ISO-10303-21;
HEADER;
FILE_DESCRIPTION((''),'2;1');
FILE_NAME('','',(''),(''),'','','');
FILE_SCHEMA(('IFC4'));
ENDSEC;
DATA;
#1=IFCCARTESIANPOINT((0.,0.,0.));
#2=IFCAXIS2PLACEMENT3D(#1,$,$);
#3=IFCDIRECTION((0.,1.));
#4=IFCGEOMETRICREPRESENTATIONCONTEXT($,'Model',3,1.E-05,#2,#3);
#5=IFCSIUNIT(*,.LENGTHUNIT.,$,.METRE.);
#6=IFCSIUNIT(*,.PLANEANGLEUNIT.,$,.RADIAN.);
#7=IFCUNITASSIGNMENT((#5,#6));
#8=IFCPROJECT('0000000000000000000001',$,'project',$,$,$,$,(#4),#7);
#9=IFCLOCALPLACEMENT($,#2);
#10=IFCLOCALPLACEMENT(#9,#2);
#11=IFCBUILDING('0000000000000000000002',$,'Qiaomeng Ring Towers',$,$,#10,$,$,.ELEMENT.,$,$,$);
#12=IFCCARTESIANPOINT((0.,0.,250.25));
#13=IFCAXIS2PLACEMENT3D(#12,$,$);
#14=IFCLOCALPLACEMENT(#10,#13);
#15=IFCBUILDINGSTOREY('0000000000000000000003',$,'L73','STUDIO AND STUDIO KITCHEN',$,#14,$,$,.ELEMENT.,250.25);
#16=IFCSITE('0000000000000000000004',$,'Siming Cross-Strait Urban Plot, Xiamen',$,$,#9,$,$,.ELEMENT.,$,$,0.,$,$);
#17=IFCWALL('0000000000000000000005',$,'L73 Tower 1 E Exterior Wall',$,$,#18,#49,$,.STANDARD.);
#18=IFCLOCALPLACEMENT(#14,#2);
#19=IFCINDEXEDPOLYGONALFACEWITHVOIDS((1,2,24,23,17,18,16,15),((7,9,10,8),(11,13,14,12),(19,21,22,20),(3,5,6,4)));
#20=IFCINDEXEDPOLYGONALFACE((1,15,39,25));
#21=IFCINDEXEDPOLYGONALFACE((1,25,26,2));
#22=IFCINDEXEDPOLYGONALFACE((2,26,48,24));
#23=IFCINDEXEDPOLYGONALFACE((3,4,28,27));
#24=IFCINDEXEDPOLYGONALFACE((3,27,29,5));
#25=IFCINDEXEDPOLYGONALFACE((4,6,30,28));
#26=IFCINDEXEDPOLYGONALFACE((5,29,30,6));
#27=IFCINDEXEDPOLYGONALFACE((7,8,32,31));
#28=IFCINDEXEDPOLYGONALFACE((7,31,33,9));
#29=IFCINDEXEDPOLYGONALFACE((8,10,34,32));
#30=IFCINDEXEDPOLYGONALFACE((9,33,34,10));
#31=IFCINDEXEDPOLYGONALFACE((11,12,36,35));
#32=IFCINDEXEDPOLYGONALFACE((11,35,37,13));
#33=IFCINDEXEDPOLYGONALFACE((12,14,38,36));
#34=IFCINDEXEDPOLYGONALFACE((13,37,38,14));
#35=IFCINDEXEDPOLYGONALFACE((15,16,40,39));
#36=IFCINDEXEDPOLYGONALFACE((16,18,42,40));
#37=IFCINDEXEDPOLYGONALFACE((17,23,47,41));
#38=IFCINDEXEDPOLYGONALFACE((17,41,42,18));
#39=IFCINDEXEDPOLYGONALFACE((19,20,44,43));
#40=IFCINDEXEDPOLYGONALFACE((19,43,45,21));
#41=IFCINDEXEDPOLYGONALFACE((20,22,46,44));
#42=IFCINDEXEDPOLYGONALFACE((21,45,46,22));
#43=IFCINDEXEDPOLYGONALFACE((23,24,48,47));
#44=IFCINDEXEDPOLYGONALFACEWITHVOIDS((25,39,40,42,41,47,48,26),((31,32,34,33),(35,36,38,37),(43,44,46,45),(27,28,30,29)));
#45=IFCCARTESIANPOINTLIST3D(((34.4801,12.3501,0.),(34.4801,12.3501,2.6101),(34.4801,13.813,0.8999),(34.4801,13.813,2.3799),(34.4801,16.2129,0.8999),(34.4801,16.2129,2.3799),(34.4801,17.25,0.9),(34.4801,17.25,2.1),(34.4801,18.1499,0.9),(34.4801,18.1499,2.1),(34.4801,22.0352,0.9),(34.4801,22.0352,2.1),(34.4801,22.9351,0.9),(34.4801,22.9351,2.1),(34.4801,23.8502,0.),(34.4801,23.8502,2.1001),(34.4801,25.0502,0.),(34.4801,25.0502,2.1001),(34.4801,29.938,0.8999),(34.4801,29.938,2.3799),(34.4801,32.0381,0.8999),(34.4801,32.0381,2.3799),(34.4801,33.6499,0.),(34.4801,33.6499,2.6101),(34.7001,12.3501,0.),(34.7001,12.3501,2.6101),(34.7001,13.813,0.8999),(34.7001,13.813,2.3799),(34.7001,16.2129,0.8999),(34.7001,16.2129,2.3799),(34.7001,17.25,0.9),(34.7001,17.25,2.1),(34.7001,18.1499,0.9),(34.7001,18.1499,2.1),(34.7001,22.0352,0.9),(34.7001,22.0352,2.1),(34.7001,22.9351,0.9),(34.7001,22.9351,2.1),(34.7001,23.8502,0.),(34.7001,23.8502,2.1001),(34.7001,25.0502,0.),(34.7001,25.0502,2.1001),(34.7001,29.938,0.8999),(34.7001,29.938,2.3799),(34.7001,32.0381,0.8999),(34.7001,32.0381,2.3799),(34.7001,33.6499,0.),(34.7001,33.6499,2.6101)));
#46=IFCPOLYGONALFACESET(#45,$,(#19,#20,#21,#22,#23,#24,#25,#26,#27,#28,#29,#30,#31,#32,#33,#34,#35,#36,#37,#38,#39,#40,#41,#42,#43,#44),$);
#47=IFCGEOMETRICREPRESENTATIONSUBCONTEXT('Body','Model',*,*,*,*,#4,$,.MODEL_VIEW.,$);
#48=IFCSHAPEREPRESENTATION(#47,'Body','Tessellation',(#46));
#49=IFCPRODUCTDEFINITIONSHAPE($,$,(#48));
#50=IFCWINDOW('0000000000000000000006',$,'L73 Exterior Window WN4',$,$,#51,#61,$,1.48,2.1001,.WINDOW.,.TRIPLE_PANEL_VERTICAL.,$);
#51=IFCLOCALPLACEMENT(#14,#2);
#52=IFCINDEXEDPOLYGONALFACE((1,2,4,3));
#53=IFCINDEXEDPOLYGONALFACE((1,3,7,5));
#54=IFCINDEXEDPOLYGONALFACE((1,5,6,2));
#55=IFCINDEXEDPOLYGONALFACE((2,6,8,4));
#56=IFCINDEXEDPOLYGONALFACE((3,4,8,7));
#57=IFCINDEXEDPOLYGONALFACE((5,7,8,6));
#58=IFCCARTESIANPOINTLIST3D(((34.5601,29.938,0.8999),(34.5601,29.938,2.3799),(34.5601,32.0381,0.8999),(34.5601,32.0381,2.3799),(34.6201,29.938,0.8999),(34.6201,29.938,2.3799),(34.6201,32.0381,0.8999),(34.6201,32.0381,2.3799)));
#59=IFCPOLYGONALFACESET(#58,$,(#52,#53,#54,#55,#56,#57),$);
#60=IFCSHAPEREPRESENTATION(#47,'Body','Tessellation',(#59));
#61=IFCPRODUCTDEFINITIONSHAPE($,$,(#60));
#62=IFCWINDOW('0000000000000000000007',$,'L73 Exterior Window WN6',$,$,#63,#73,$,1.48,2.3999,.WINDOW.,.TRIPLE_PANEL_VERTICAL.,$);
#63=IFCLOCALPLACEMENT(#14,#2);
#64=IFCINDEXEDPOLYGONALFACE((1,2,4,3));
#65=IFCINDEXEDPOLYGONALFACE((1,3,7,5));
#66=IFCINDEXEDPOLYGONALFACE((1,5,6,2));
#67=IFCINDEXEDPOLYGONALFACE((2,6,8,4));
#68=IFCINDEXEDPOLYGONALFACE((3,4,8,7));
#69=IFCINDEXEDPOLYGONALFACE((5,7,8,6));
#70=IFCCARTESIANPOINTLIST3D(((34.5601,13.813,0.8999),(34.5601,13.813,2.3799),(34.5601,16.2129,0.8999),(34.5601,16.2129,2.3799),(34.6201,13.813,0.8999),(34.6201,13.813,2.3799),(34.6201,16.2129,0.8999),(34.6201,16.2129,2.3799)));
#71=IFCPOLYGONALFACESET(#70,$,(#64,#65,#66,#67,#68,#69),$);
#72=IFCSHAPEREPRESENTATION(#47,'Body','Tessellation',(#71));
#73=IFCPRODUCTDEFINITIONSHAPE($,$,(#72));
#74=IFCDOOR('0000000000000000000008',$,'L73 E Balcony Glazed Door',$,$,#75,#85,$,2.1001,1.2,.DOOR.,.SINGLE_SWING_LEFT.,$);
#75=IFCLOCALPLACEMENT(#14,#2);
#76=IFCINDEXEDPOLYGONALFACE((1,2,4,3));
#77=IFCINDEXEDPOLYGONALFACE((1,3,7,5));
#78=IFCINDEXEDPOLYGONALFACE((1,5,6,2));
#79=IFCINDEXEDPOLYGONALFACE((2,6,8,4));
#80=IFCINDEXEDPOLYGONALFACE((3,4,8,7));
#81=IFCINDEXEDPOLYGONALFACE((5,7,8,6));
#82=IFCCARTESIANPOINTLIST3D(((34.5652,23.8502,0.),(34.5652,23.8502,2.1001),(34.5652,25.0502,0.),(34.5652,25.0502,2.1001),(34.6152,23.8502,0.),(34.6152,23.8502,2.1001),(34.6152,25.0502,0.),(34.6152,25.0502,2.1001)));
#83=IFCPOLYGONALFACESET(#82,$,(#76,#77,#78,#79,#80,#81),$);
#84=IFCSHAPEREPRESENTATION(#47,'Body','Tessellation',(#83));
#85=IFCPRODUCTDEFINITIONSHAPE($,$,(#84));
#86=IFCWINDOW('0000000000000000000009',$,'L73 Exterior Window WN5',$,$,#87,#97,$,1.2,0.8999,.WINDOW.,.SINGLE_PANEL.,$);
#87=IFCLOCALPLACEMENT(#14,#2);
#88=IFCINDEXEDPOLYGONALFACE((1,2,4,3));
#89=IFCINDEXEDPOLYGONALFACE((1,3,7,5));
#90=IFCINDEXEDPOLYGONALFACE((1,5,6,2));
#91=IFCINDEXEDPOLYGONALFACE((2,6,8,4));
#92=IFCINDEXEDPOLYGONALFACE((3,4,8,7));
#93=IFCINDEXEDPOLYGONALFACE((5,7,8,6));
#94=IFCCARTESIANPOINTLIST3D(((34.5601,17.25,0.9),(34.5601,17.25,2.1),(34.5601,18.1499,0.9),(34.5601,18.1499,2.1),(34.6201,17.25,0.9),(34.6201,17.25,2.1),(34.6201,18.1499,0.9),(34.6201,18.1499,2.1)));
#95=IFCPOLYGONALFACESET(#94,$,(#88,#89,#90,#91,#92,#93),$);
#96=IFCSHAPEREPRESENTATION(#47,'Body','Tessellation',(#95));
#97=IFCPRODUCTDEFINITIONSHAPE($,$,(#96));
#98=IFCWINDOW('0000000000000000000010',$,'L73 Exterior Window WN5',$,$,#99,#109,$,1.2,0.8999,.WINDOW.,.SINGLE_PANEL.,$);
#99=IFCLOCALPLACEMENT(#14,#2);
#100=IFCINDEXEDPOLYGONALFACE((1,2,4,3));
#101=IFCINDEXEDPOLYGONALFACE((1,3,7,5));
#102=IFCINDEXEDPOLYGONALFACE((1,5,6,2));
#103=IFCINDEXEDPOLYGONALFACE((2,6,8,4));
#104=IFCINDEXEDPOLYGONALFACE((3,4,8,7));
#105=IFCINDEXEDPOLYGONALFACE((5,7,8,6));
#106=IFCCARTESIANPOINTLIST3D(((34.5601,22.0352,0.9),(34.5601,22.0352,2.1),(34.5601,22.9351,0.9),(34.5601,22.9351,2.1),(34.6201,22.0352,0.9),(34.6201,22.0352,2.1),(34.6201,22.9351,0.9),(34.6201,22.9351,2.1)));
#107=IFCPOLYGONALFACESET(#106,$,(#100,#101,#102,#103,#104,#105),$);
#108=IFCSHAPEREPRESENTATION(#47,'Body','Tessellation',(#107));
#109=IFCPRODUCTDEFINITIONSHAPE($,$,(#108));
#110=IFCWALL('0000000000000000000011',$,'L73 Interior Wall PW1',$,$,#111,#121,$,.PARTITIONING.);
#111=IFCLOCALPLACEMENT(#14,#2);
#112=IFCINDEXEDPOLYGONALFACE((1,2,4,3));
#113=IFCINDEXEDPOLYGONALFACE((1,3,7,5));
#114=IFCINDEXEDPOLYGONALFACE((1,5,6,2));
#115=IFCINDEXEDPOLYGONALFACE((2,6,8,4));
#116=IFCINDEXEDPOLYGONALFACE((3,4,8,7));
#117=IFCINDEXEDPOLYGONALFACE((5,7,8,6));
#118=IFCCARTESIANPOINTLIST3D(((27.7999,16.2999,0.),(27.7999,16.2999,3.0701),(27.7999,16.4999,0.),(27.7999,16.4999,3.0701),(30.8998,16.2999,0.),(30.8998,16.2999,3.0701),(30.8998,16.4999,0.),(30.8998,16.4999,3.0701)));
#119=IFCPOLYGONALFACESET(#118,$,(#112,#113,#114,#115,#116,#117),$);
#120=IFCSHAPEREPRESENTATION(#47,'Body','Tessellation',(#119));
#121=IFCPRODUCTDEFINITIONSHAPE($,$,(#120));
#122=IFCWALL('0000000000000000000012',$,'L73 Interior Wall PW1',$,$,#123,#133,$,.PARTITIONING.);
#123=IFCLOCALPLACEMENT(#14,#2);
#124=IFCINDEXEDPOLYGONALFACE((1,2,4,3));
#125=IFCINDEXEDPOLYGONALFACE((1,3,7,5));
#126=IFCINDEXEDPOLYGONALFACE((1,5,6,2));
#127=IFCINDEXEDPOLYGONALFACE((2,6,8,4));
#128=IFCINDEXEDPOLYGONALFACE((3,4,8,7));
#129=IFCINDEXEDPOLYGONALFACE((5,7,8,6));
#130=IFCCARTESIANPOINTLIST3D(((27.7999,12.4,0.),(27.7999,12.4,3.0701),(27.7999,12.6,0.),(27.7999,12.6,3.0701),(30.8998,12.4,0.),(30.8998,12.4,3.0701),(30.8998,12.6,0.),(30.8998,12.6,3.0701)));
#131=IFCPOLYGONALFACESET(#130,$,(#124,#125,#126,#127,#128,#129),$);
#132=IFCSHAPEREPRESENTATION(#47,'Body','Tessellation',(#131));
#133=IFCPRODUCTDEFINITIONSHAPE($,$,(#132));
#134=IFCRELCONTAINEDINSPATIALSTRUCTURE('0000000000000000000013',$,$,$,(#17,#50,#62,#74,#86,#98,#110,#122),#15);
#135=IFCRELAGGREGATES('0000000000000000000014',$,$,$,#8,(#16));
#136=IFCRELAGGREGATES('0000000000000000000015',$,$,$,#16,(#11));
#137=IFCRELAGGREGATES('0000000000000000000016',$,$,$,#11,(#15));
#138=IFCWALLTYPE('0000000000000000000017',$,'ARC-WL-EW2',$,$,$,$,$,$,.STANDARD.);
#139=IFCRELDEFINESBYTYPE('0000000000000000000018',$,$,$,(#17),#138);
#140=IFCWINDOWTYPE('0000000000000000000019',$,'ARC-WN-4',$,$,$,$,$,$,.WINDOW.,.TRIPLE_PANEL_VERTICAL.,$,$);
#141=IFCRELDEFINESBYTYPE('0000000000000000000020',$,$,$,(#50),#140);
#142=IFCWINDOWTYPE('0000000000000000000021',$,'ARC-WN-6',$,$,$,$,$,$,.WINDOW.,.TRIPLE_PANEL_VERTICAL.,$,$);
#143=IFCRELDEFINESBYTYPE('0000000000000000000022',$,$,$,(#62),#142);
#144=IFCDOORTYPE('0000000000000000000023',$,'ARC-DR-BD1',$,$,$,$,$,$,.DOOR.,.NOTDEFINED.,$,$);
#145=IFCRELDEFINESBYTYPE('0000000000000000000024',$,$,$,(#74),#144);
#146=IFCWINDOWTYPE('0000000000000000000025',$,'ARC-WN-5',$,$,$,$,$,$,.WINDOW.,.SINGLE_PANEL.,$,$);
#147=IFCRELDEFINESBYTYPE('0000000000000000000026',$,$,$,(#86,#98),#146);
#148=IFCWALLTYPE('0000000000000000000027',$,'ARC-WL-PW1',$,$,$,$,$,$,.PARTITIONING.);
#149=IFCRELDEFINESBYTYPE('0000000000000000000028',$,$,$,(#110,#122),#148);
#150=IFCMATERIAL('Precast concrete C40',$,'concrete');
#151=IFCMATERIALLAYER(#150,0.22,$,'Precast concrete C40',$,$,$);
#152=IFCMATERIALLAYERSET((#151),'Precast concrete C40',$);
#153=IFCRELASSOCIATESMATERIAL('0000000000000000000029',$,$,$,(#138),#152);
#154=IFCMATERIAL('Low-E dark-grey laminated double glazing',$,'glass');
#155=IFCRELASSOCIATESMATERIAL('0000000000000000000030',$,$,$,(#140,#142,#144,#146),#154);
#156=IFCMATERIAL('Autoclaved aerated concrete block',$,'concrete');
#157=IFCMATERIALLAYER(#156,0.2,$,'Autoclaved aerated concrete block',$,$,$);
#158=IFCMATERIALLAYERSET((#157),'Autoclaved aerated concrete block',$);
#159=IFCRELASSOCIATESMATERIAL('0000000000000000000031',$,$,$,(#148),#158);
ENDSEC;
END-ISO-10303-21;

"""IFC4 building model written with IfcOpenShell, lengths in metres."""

from ifc_helpers import new_model, si_unit, direction, frame, frame_2d, origin, place, context, subcontext, project, spatial, rectangle, extrude, source, transform, mapped, material, layer, layer_set, type_object, element, fill, save


model = new_model("IFC4")

# Units and contexts
model_context = context("Model", 3, precision=1e-05, world=origin(), true_north=direction((0.0, 1.0)))
body_context = subcontext(model_context, "Body", "Model", "MODEL_VIEW")
ifc_project = project(units=[si_unit("LENGTHUNIT", "METRE"), si_unit("PLANEANGLEUNIT", "RADIAN")], contexts=[model_context])

# Site, building, storey
site_placement = place(None, origin())
site = spatial("IfcSite", under=ifc_project, at=site_placement, Name="Siming Cross-Strait Urban Plot, Xiamen", CompositionType="ELEMENT", RefElevation=0.0)
building_placement = place(site_placement, origin())
building = spatial("IfcBuilding", under=site, at=building_placement, Name="Qiaomeng Ring Towers", CompositionType="ELEMENT")
storey_placement = place(building_placement, frame((0.0, 0.0, 250.25)))
storey = spatial("IfcBuildingStorey", under=building, at=storey_placement, Name="L73", Description="STUDIO AND STUDIO KITCHEN", CompositionType="ELEMENT", Elevation=250.25)

# Wall, openings, windows, door
ifc_material_1 = material(Name="Precast concrete C40", Category="concrete")
ifc_layer_1 = layer(ifc_material_1, 0.22, Name="Precast concrete C40")
ifc_layer_set_1 = layer_set([ifc_layer_1], Name="Precast concrete C40")
wall_type_1 = type_object("IfcWallType", Name="ARC-WL-EW2", PredefinedType="STANDARD", material=ifc_layer_set_1)
wall_1_placement = place(storey_placement, frame((34.5901, 12.3501, 0.0), z_axis=(0.0, 0.0, 1.0), x_axis=(0.0, 1.0, 0.0)))
wall_1 = element("IfcWall", 1, at=wall_1_placement, inside=storey, type_object=wall_type_1, Name="L73 Tower 1 E Exterior Wall", PredefinedType="STANDARD", context=body_context, shape_type="SweptSolid", body=[
    extrude(rectangle(XDim=21.2998, YDim=0.22, at=frame_2d((10.6499, 0.0))), origin(), (0.0, 0.0, 1.0), 2.6101),
])
opening_1_placement = place(wall_1_placement, frame((11.5, 0.0, 0.0)))
opening_1 = element("IfcOpeningElement", 2, at=opening_1_placement, cuts=wall_1, PredefinedType="OPENING", context=body_context, shape_type="SweptSolid", body=[
    extrude(rectangle(XDim=1.2, YDim=2.1001, at=frame_2d((0.6001, 1.05))), frame((0.0, 0.1199, 0.0), z_axis=(0.0, -1.0, 0.0), x_axis=(1.0, 0.0, 0.0)), (0.0, 0.0, 1.0), 0.24),
])
opening_2_placement = place(wall_1_placement, frame((1.4629, 0.0, 0.8999)))
opening_2 = element("IfcOpeningElement", 3, at=opening_2_placement, cuts=wall_1, PredefinedType="OPENING", context=body_context, shape_type="SweptSolid", body=[
    extrude(rectangle(XDim=2.3999, YDim=1.48, at=frame_2d((1.2, 0.74))), frame((0.0, 0.1199, 0.0), z_axis=(0.0, -1.0, 0.0), x_axis=(1.0, 0.0, 0.0)), (0.0, 0.0, 1.0), 0.24),
])
opening_3_placement = place(wall_1_placement, frame((17.5879, 0.0, 0.8999)))
opening_3 = element("IfcOpeningElement", 4, at=opening_3_placement, cuts=wall_1, PredefinedType="OPENING", context=body_context, shape_type="SweptSolid", body=[
    extrude(rectangle(XDim=2.1001, YDim=1.48, at=frame_2d((1.05, 0.74))), frame((0.0, 0.1199, 0.0), z_axis=(0.0, -1.0, 0.0), x_axis=(1.0, 0.0, 0.0)), (0.0, 0.0, 1.0), 0.24),
])
opening_4_placement = place(wall_1_placement, frame((4.8999, 0.0, 0.8999)))
opening_4 = element("IfcOpeningElement", 5, at=opening_4_placement, cuts=wall_1, PredefinedType="OPENING", context=body_context, shape_type="SweptSolid", body=[
    extrude(rectangle(XDim=0.8999, YDim=1.2, at=frame_2d((0.45, 0.6001))), frame((0.0, 0.1199, 0.0), z_axis=(0.0, -1.0, 0.0), x_axis=(1.0, 0.0, 0.0)), (0.0, 0.0, 1.0), 0.24),
])
opening_5_placement = place(wall_1_placement, frame((9.6851, 0.0, 0.8999)))
opening_5 = element("IfcOpeningElement", 6, at=opening_5_placement, cuts=wall_1, PredefinedType="OPENING", context=body_context, shape_type="SweptSolid", body=[
    extrude(rectangle(XDim=0.8999, YDim=1.2, at=frame_2d((0.45, 0.6001))), frame((0.0, 0.1199, 0.0), z_axis=(0.0, -1.0, 0.0), x_axis=(1.0, 0.0, 0.0)), (0.0, 0.0, 1.0), 0.24),
])
ifc_material_2 = material(Name="Low-E dark-grey laminated double glazing", Category="glass")
window_type_1 = type_object("IfcWindowType", Name="ARC-WN-4", PartitioningType="TRIPLE_PANEL_VERTICAL", PredefinedType="WINDOW", material=ifc_material_2)
shared_shape_1 = source(origin(), body_context, "Body", "SweptSolid", [
    extrude(rectangle(XDim=2.1001, YDim=1.48, at=frame_2d((1.05, 0.74))), frame((0.0, 0.03, 0.0), z_axis=(0.0, -1.0, 0.0), x_axis=(1.0, 0.0, 0.0)), (0.0, 0.0, 1.0), 0.0601),
])
window_1_placement = place(opening_3_placement, origin())
window_1 = element("IfcWindow", 7, at=window_1_placement, inside=storey, type_object=window_type_1, Name="L73 Exterior Window WN4", OverallHeight=1.48, OverallWidth=2.1001, PartitioningType="TRIPLE_PANEL_VERTICAL", PredefinedType="WINDOW", context=body_context, shape_type="MappedRepresentation", body=[
    mapped(shared_shape_1, transform((0.0, 0.0, 0.0), x_axis=(1.0, 0.0, 0.0), y_axis=(0.0, 1.0, 0.0), z_axis=(0.0, 0.0, 1.0), scale=1.0)),
])
fill(opening_3, window_1)
window_type_2 = type_object("IfcWindowType", Name="ARC-WN-6", PartitioningType="TRIPLE_PANEL_VERTICAL", PredefinedType="WINDOW", material=ifc_material_2)
shared_shape_2 = source(origin(), body_context, "Body", "SweptSolid", [
    extrude(rectangle(XDim=2.3999, YDim=1.48, at=frame_2d((1.2, 0.74))), frame((0.0, 0.03, 0.0), z_axis=(0.0, -1.0, 0.0), x_axis=(1.0, 0.0, 0.0)), (0.0, 0.0, 1.0), 0.0601),
])
window_2_placement = place(opening_2_placement, origin())
window_2 = element("IfcWindow", 8, at=window_2_placement, inside=storey, type_object=window_type_2, Name="L73 Exterior Window WN6", OverallHeight=1.48, OverallWidth=2.3999, PartitioningType="TRIPLE_PANEL_VERTICAL", PredefinedType="WINDOW", context=body_context, shape_type="MappedRepresentation", body=[
    mapped(shared_shape_2, transform((0.0, 0.0, 0.0), x_axis=(1.0, 0.0, 0.0), y_axis=(0.0, 1.0, 0.0), z_axis=(0.0, 0.0, 1.0), scale=1.0)),
])
fill(opening_2, window_2)
door_type_1 = type_object("IfcDoorType", Name="ARC-DR-BD1", OperationType="NOTDEFINED", PredefinedType="DOOR", material=ifc_material_2)
shared_shape_3 = source(origin(), body_context, "Body", "SweptSolid", [
    extrude(rectangle(XDim=1.2, YDim=2.1001, at=frame_2d((0.6001, 1.05))), frame((0.0, 0.0249, 0.0), z_axis=(0.0, -1.0, 0.0), x_axis=(1.0, 0.0, 0.0)), (0.0, 0.0, 1.0), 0.05),
])
door_1_placement = place(opening_1_placement, origin())
door_1 = element("IfcDoor", 9, at=door_1_placement, inside=storey, type_object=door_type_1, Name="L73 E Balcony Glazed Door", OperationType="SINGLE_SWING_LEFT", OverallHeight=2.1001, OverallWidth=1.2, PredefinedType="DOOR", context=body_context, shape_type="MappedRepresentation", body=[
    mapped(shared_shape_3, transform((0.0, 0.0, 0.0), x_axis=(1.0, 0.0, 0.0), y_axis=(0.0, 1.0, 0.0), z_axis=(0.0, 0.0, 1.0), scale=1.0)),
])
fill(opening_1, door_1)
window_type_3 = type_object("IfcWindowType", Name="ARC-WN-5", PartitioningType="SINGLE_PANEL", PredefinedType="WINDOW", material=ifc_material_2)
shared_shape_4 = source(origin(), body_context, "Body", "SweptSolid", [
    extrude(rectangle(XDim=0.8999, YDim=1.2, at=frame_2d((0.45, 0.6001))), frame((0.0, 0.03, 0.0), z_axis=(0.0, -1.0, 0.0), x_axis=(1.0, 0.0, 0.0)), (0.0, 0.0, 1.0), 0.0601),
])
window_3_placement = place(opening_4_placement, origin())
window_3 = element("IfcWindow", 10, at=window_3_placement, inside=storey, type_object=window_type_3, Name="L73 Exterior Window WN5", OverallHeight=1.2, OverallWidth=0.8999, PartitioningType="SINGLE_PANEL", PredefinedType="WINDOW", context=body_context, shape_type="MappedRepresentation", body=[
    mapped(shared_shape_4, transform((0.0, 0.0, 0.0), x_axis=(1.0, 0.0, 0.0), y_axis=(0.0, 1.0, 0.0), z_axis=(0.0, 0.0, 1.0), scale=1.0)),
])
fill(opening_4, window_3)
window_4_placement = place(opening_5_placement, origin())
window_4 = element("IfcWindow", 11, at=window_4_placement, inside=storey, type_object=window_type_3, Name="L73 Exterior Window WN5", OverallHeight=1.2, OverallWidth=0.8999, PartitioningType="SINGLE_PANEL", PredefinedType="WINDOW", context=body_context, shape_type="MappedRepresentation", body=[
    mapped(shared_shape_4, transform((0.0, 0.0, 0.0), x_axis=(1.0, 0.0, 0.0), y_axis=(0.0, 1.0, 0.0), z_axis=(0.0, 0.0, 1.0), scale=1.0)),
])
fill(opening_5, window_4)

# Walls
ifc_material_3 = material(Name="Autoclaved aerated concrete block", Category="concrete")
ifc_layer_2 = layer(ifc_material_3, 0.2, Name="Autoclaved aerated concrete block")
ifc_layer_set_2 = layer_set([ifc_layer_2], Name="Autoclaved aerated concrete block")
wall_type_2 = type_object("IfcWallType", Name="ARC-WL-PW1", PredefinedType="PARTITIONING", material=ifc_layer_set_2)
for number, where, z_axis, x_axis, name in (
    (12, (27.8, 16.3999, 0.0), (0.0, 0.0, 1.0), (1.0, 0.0, 0.0), "L73 Interior Wall PW1"),
    (13, (27.8, 12.5, 0.0), (0.0, 0.0, 1.0), (1.0, 0.0, 0.0), "L73 Interior Wall PW1"),
):
    element("IfcWall", number, at=place(storey_placement, frame(where, z_axis=z_axis, x_axis=x_axis)), inside=storey, type_object=wall_type_2, Name=name, PredefinedType="PARTITIONING", context=body_context, shape_type="SweptSolid", body=[
        extrude(rectangle(XDim=3.0999, YDim=0.2, at=frame_2d((1.5498, 0.0))), origin(), (0.0, 0.0, 1.0), 3.0701),
    ])

save(model, "model.ifc")
